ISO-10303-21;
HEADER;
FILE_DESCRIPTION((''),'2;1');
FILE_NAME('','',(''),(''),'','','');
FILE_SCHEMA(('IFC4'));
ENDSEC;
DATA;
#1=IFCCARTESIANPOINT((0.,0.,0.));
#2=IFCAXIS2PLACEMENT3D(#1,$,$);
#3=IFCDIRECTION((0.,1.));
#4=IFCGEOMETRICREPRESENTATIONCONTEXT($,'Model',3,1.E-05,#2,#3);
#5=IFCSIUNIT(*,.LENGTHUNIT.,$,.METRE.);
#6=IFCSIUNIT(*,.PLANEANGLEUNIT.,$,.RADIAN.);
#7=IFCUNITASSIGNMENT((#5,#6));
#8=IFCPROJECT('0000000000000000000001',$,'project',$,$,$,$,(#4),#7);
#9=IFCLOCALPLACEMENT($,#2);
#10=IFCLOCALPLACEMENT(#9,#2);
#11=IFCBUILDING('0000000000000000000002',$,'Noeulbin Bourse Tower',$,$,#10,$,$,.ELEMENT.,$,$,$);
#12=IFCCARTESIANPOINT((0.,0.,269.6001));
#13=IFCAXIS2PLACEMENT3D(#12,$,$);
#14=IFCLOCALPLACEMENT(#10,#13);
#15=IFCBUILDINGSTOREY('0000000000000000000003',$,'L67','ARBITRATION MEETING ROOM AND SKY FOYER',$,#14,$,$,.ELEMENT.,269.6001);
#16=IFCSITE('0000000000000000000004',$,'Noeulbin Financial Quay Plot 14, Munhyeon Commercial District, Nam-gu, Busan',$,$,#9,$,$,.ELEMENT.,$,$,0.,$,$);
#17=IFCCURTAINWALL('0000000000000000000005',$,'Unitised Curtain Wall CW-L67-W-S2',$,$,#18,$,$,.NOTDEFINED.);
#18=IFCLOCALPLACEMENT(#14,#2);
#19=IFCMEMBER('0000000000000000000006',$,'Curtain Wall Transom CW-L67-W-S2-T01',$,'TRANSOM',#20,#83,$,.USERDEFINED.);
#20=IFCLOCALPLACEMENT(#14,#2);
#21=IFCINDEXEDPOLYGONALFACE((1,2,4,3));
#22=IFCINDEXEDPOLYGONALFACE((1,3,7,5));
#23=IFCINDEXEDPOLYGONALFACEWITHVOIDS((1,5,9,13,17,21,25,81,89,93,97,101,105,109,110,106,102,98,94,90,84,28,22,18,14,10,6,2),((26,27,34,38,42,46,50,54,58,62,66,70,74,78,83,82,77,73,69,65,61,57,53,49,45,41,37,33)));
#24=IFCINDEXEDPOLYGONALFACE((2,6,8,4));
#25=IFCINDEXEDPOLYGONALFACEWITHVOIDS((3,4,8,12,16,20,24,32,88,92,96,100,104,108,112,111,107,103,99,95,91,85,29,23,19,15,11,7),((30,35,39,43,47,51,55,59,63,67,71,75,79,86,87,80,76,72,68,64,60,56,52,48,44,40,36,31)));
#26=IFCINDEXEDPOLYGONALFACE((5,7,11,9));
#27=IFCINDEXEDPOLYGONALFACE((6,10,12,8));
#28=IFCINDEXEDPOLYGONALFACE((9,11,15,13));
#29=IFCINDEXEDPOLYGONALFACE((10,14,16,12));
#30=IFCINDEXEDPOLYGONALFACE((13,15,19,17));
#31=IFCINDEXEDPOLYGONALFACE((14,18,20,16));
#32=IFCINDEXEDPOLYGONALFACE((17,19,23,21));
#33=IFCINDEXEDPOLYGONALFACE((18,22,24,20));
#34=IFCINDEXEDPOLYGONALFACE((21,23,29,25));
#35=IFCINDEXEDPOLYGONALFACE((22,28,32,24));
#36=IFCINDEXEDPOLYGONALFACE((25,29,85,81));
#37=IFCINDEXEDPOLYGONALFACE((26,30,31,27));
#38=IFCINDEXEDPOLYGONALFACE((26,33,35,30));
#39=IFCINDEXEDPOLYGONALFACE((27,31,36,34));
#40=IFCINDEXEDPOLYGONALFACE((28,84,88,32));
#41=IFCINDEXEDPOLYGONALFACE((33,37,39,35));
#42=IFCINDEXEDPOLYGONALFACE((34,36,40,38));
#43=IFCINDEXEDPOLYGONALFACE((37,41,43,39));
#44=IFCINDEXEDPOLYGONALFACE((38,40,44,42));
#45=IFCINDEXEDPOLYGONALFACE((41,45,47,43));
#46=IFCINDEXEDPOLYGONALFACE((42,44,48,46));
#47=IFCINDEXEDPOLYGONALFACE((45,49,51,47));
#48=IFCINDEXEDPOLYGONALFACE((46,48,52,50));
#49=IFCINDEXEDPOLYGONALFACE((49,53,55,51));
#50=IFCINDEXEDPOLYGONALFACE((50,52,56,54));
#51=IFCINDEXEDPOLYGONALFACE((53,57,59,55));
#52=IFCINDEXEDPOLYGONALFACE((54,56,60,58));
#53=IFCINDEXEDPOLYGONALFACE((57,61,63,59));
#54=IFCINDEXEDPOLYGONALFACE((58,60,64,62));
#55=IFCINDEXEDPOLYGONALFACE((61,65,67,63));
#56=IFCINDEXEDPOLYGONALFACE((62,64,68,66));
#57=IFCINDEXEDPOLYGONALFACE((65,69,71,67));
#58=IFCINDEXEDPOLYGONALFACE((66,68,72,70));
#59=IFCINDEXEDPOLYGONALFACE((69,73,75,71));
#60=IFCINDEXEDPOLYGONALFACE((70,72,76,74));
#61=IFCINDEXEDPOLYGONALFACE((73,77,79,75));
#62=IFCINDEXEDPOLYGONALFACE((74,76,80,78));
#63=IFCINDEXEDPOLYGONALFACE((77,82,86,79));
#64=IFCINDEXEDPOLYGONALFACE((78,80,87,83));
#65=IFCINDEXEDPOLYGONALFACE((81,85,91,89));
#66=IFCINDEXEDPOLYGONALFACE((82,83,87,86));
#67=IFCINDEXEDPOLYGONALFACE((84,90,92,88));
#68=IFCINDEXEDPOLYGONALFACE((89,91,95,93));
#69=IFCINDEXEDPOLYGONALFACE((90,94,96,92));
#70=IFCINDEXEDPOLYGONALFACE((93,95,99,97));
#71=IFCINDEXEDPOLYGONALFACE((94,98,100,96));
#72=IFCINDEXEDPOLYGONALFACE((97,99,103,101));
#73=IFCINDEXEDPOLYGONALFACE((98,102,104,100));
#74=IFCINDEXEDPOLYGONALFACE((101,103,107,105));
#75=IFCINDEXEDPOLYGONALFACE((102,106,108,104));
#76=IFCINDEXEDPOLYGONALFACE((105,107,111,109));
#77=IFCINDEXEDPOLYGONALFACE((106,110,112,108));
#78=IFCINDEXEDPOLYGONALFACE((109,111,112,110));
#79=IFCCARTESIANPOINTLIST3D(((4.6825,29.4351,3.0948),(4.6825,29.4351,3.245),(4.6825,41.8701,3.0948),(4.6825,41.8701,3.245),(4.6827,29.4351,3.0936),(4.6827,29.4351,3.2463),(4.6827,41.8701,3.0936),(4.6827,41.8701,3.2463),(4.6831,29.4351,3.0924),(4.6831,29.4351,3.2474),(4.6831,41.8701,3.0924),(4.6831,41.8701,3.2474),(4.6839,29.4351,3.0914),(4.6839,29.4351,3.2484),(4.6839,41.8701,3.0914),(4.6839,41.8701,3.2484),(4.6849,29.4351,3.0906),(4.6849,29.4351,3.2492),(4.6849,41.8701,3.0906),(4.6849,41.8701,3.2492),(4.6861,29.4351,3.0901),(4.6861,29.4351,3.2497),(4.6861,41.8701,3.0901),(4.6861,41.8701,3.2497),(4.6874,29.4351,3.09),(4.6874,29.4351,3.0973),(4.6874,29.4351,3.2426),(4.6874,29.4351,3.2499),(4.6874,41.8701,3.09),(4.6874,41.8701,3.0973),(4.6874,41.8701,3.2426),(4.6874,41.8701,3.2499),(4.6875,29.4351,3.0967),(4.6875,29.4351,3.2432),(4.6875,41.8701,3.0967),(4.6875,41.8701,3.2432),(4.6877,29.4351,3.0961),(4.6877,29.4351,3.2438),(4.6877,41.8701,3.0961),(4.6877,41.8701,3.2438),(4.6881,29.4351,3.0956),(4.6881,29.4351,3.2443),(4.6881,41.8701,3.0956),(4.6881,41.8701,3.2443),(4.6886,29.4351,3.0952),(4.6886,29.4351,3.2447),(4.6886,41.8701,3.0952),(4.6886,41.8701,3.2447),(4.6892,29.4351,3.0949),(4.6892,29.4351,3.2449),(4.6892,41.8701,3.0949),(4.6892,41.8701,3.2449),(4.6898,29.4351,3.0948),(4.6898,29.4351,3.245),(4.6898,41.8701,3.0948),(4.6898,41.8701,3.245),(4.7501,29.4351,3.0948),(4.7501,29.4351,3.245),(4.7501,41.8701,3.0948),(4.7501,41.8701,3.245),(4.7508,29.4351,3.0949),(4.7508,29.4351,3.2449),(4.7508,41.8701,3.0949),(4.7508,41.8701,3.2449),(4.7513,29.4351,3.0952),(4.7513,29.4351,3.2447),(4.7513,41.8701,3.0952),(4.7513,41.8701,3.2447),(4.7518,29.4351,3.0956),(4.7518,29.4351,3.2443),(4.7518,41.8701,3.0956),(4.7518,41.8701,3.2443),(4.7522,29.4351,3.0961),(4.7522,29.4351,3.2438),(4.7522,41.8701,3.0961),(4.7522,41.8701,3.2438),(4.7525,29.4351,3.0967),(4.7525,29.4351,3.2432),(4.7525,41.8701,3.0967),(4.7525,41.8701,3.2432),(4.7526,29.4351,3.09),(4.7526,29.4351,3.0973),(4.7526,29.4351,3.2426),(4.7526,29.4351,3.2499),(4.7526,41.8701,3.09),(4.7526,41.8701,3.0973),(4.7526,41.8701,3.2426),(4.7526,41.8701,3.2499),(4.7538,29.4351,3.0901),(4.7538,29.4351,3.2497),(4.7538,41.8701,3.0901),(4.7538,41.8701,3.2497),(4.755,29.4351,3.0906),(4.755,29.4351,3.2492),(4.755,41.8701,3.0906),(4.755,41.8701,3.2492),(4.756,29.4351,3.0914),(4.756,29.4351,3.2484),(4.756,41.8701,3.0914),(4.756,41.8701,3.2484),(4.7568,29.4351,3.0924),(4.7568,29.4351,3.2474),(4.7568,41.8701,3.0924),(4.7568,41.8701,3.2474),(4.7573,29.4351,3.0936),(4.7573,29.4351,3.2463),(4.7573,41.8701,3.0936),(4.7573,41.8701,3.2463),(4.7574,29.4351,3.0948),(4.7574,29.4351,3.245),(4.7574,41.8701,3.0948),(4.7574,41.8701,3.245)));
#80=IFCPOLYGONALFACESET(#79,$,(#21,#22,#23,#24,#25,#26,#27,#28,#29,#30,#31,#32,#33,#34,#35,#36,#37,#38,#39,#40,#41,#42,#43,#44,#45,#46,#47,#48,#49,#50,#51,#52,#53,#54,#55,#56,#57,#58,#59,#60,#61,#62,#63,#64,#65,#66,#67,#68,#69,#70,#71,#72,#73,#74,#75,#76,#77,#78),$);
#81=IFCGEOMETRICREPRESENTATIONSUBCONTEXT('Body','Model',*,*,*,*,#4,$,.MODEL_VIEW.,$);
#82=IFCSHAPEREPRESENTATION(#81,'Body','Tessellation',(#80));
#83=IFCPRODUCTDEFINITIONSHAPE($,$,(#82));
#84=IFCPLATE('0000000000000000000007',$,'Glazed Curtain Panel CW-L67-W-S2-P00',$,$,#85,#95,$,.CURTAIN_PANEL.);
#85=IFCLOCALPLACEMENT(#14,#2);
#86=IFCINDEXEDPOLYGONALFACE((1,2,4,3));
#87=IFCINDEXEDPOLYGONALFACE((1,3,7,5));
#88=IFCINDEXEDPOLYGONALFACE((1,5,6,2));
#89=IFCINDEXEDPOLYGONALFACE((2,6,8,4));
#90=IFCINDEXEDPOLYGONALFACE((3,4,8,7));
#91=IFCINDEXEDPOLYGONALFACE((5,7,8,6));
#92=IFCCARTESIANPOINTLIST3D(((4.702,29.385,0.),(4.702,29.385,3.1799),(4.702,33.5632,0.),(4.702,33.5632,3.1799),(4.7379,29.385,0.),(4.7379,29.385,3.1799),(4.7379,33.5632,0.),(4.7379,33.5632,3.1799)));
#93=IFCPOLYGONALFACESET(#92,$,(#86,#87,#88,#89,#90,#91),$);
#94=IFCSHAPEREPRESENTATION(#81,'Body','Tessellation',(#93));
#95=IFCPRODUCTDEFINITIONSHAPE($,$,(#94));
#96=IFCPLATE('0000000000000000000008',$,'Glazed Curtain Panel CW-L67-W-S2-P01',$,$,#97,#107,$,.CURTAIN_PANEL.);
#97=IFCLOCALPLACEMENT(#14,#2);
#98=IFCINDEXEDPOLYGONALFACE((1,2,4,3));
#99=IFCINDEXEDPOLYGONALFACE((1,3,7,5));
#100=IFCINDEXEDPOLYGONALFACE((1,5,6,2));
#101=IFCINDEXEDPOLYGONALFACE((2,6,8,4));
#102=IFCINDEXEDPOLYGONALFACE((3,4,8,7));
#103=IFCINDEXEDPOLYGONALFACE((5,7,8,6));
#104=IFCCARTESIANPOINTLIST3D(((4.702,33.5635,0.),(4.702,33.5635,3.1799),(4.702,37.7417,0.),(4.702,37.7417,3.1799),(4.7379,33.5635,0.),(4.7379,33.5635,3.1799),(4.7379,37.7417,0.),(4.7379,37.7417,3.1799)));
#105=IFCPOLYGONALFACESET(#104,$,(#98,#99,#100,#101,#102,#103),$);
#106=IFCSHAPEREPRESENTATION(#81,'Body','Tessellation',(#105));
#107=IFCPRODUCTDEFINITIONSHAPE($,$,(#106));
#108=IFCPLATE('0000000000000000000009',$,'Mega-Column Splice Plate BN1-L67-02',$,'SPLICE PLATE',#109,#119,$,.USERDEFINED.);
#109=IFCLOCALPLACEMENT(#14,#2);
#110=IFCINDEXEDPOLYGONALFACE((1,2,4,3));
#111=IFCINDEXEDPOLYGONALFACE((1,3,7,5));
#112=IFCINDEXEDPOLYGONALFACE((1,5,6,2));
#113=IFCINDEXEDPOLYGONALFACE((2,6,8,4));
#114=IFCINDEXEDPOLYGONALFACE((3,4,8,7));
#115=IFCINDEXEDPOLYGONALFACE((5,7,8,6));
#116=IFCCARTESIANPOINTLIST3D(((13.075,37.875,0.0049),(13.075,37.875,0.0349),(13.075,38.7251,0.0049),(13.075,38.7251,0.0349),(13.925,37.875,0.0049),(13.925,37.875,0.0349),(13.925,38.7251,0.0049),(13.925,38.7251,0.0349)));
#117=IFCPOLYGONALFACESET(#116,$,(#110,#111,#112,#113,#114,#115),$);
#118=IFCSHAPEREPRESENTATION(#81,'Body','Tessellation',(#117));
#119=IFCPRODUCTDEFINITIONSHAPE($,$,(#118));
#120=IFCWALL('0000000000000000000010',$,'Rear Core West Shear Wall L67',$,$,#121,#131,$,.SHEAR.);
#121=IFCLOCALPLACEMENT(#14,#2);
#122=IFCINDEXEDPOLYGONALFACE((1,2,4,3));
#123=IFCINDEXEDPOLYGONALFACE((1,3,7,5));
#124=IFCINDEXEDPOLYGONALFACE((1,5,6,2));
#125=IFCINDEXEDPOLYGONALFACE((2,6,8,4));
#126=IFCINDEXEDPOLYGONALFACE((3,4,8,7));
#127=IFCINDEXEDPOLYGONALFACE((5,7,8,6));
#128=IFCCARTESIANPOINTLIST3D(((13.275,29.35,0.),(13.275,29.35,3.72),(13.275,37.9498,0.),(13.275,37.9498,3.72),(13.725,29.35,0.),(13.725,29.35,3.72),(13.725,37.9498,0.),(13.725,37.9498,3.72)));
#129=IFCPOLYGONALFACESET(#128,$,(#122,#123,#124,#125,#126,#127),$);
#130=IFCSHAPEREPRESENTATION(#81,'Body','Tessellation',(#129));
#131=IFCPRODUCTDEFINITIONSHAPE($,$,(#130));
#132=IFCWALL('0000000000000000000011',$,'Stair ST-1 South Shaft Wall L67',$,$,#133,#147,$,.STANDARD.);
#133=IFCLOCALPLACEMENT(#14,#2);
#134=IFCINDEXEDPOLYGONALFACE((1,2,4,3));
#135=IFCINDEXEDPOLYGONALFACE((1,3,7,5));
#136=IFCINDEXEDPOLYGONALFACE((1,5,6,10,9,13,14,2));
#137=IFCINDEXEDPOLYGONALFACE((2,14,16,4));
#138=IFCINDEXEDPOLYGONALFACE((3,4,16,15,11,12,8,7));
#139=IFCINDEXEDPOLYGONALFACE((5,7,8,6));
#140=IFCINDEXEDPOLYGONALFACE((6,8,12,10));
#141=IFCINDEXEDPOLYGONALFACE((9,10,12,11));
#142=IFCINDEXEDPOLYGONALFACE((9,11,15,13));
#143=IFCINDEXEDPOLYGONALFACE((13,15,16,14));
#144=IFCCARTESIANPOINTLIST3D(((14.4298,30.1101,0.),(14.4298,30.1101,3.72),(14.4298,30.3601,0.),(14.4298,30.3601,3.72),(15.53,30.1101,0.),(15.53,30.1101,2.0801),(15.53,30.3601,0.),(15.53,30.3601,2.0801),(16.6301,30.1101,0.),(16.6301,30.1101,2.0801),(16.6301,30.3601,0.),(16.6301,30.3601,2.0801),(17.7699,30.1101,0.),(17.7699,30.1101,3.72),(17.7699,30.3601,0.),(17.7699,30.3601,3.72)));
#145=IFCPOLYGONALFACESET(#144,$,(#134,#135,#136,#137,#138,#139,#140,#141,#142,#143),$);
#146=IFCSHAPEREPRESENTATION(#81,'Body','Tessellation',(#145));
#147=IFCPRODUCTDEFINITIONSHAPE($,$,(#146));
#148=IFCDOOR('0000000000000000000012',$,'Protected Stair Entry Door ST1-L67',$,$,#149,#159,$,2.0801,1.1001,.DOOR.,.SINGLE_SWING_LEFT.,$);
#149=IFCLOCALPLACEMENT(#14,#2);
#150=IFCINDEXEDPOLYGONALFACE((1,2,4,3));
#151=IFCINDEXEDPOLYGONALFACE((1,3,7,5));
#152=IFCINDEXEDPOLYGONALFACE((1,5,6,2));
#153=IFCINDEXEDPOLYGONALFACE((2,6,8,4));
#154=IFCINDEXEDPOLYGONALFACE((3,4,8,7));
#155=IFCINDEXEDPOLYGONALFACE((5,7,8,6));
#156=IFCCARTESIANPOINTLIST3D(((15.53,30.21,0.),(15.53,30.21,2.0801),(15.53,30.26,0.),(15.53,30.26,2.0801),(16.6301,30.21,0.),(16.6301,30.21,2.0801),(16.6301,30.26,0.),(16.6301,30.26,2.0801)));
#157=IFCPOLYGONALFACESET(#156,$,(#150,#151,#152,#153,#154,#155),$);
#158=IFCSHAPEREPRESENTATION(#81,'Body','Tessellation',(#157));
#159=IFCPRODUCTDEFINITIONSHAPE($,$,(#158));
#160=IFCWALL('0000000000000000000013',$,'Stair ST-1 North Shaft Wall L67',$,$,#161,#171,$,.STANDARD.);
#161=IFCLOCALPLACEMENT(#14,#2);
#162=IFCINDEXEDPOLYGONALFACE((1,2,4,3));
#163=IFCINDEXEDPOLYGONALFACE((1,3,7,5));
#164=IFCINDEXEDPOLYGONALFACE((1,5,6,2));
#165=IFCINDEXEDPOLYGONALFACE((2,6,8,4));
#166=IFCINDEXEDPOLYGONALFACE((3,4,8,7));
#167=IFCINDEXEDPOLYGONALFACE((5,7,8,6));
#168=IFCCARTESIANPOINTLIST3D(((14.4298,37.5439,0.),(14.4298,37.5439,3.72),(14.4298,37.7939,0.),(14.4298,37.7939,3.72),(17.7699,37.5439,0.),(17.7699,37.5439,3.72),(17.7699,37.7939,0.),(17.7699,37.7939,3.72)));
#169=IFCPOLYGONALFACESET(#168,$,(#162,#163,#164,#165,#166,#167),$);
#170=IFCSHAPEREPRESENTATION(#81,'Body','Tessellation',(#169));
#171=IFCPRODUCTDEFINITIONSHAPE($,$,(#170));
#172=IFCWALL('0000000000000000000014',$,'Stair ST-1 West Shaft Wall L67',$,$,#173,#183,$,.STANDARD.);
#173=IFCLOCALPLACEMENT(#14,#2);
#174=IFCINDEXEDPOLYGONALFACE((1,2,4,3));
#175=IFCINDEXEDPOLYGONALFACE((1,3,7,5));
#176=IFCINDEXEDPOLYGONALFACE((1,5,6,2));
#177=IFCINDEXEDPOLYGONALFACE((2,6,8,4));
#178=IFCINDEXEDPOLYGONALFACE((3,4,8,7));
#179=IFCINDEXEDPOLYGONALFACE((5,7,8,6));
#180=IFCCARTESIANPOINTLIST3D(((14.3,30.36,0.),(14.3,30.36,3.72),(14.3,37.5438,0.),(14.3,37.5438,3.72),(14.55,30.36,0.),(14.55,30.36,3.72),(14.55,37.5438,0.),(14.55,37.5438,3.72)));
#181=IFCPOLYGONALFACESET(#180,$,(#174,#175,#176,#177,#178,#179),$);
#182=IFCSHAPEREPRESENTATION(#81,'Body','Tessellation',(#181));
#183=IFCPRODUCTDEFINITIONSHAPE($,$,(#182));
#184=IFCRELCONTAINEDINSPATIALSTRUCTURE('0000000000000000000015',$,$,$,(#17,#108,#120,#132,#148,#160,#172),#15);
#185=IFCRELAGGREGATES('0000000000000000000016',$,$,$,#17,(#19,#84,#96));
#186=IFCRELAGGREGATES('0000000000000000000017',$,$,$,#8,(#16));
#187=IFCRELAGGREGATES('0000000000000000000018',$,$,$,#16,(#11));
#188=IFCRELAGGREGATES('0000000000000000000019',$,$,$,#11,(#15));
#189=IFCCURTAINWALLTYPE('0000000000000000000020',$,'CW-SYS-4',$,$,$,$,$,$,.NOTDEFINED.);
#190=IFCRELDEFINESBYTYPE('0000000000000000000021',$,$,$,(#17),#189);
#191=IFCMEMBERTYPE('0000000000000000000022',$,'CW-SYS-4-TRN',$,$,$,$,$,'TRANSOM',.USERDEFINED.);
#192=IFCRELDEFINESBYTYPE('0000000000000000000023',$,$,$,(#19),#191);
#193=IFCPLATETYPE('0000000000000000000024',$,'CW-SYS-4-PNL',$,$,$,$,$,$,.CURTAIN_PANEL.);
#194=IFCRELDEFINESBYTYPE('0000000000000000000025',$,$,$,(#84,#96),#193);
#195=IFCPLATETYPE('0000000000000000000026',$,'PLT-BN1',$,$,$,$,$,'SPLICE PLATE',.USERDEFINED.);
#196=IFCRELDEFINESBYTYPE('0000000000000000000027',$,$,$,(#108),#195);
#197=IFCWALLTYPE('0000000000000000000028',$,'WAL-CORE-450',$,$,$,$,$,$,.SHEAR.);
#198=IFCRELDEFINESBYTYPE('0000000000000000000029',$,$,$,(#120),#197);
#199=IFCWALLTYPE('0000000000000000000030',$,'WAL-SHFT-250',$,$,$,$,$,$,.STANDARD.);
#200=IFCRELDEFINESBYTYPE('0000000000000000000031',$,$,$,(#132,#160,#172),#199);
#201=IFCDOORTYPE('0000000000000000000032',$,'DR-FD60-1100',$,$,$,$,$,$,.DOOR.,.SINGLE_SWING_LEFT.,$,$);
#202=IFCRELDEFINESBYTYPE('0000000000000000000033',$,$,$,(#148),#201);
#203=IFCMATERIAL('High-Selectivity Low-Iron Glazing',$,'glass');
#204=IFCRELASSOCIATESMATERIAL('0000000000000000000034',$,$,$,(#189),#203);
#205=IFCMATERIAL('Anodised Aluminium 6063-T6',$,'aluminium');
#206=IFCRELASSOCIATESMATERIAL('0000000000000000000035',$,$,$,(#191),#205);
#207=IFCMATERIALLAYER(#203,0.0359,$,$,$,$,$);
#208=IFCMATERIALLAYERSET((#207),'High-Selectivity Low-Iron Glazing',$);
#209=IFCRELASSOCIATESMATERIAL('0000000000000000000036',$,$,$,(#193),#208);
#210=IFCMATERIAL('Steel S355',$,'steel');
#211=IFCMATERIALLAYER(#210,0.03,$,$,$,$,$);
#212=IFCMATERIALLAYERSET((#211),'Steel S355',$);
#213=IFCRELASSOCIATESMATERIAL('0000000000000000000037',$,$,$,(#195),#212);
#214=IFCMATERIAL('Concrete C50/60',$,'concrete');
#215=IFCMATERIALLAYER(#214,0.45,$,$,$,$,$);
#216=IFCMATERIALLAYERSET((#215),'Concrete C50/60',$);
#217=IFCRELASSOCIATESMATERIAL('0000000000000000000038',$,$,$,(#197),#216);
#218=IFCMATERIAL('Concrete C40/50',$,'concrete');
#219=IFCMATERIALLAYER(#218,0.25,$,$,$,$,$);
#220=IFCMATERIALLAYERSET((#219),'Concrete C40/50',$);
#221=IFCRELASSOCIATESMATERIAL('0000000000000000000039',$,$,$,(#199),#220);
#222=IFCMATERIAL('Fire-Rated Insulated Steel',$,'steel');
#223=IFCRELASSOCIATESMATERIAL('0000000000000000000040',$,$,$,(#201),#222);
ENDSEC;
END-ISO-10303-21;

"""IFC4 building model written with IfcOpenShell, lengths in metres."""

from ifc_helpers import new_model, si_unit, direction, frame, frame_2d, origin, origin_2d, place, context, subcontext, project, spatial, rectangle, hollow_rectangle, extrude, material, layer, layer_set, material_profile, profile_set, type_object, element, fill, aggregate, save


model = new_model("IFC4")

# Units and contexts
model_context = context("Model", 3, precision=1e-05, world=origin(), true_north=direction((0.0, 1.0)))
body_context = subcontext(model_context, "Body", "Model", "MODEL_VIEW")
ifc_project = project(units=[si_unit("LENGTHUNIT", "METRE"), si_unit("PLANEANGLEUNIT", "RADIAN")], contexts=[model_context])

# Site, building, storey
site_placement = place(None, origin())
site = spatial("IfcSite", under=ifc_project, at=site_placement, Name="Noeulbin Financial Quay Plot 14, Munhyeon Commercial District, Nam-gu, Busan", CompositionType="ELEMENT", RefElevation=0.0)
building_placement = place(site_placement, origin())
building = spatial("IfcBuilding", under=site, at=building_placement, Name="Noeulbin Bourse Tower", CompositionType="ELEMENT")
storey_placement = place(building_placement, frame((0.0, 0.0, 269.6001)))
storey = spatial("IfcBuildingStorey", under=building, at=storey_placement, Name="L67", Description="ARBITRATION MEETING ROOM AND SKY FOYER", CompositionType="ELEMENT", Elevation=269.6001)

# Shared definitions
ifc_material_1 = material(Name="Steel S355", Category="steel")

# Curtain wall, member, plates
ifc_material_2 = material(Name="High-Selectivity Low-Iron Glazing", Category="glass")
curtain_wall_type = type_object("IfcCurtainWallType", Name="CW-SYS-4", PredefinedType="NOTDEFINED", material=ifc_material_2)
curtain_wall_placement = place(storey_placement, origin())
curtain_wall = element("IfcCurtainWall", 1, at=curtain_wall_placement, inside=storey, type_object=curtain_wall_type, Name="Unitised Curtain Wall CW-L67-W-S2", PredefinedType="NOTDEFINED")
ifc_material_3 = material(Name="Anodised Aluminium 6063-T6", Category="aluminium")
ifc_material_profile_1 = material_profile(ifc_material_3, hollow_rectangle(XDim=0.075, YDim=0.1599, WallThickness=0.0049, InnerFilletRadius=0.0024, OuterFilletRadius=0.0049, at=origin_2d()), Name="ALU-TRAN-75x160x5", Category="LoadBearing")
ifc_profile_set_1 = profile_set([ifc_material_profile_1], Name="Anodised Aluminium 6063-T6")
member_type_1 = type_object("IfcMemberType", Name="CW-SYS-4-TRN", ElementType="TRANSOM", PredefinedType="USERDEFINED", material=ifc_profile_set_1)
member_1_placement = place(storey_placement, frame((4.72, 29.4351, 3.1699), z_axis=(0.0, 1.0, 0.0), x_axis=(-1.0, 0.0, 0.0)))
member_1 = element("IfcMember", 2, at=member_1_placement, type_object=member_type_1, Name="Curtain Wall Transom CW-L67-W-S2-T01", ObjectType="TRANSOM", PredefinedType="USERDEFINED", context=body_context, shape_type="SweptSolid", body=[
    extrude(hollow_rectangle(XDim=0.075, YDim=0.1599, WallThickness=0.0049, InnerFilletRadius=0.0024, OuterFilletRadius=0.0049, at=origin_2d()), origin(), (0.0, 0.0, 1.0), 12.4351),
])
ifc_layer_1 = layer(ifc_material_2, 0.0359)
ifc_layer_set_1 = layer_set([ifc_layer_1], Name="High-Selectivity Low-Iron Glazing")
plate_type_1 = type_object("IfcPlateType", Name="CW-SYS-4-PNL", PredefinedType="CURTAIN_PANEL", material=ifc_layer_set_1)
plate_1_placement = place(storey_placement, frame((4.72, 31.4741, 0.0), z_axis=(0.0, 0.0, 1.0), x_axis=(0.0, 1.0, 0.0)))
plate_1 = element("IfcPlate", 3, at=plate_1_placement, type_object=plate_type_1, Name="Glazed Curtain Panel CW-L67-W-S2-P00", PredefinedType="CURTAIN_PANEL", context=body_context, shape_type="SweptSolid", body=[
    extrude(rectangle(XDim=4.1782, YDim=0.0359, at=origin_2d()), origin(), (0.0, 0.0, 1.0), 3.1799),
])
plate_2_placement = place(storey_placement, frame((4.72, 35.6526, 0.0), z_axis=(0.0, 0.0, 1.0), x_axis=(0.0, 1.0, 0.0)))
plate_2 = element("IfcPlate", 4, at=plate_2_placement, type_object=plate_type_1, Name="Glazed Curtain Panel CW-L67-W-S2-P01", PredefinedType="CURTAIN_PANEL", context=body_context, shape_type="SweptSolid", body=[
    extrude(rectangle(XDim=4.1782, YDim=0.0359, at=origin_2d()), origin(), (0.0, 0.0, 1.0), 3.1799),
])
aggregate(curtain_wall, [member_1, plate_1, plate_2])

# Plate
ifc_layer_2 = layer(ifc_material_1, 0.03)
ifc_layer_set_2 = layer_set([ifc_layer_2], Name="Steel S355")
plate_type_2 = type_object("IfcPlateType", Name="PLT-BN1", ElementType="SPLICE PLATE", PredefinedType="USERDEFINED", material=ifc_layer_set_2)
plate_3_placement = place(storey_placement, frame((13.5, 38.3, 0.0049), z_axis=(0.0, 0.0, 1.0), x_axis=(1.0, 0.0, 0.0)))
element("IfcPlate", 5, at=plate_3_placement, inside=storey, type_object=plate_type_2, Name="Mega-Column Splice Plate BN1-L67-02", ObjectType="SPLICE PLATE", PredefinedType="USERDEFINED", context=body_context, shape_type="SweptSolid", body=[
    extrude(rectangle(XDim=0.8501, YDim=0.8501, at=origin_2d()), origin(), (0.0, 0.0, 1.0), 0.03),
])

# Wall
ifc_material_4 = material(Name="Concrete C50/60", Category="concrete")
ifc_layer_3 = layer(ifc_material_4, 0.45)
ifc_layer_set_3 = layer_set([ifc_layer_3], Name="Concrete C50/60")
wall_type_1 = type_object("IfcWallType", Name="WAL-CORE-450", PredefinedType="SHEAR", material=ifc_layer_set_3)
wall_1_placement = place(storey_placement, frame((13.5, 29.3501, 0.0), z_axis=(0.0, 0.0, 1.0), x_axis=(0.0, 1.0, 0.0)))
element("IfcWall", 6, at=wall_1_placement, inside=storey, type_object=wall_type_1, Name="Rear Core West Shear Wall L67", PredefinedType="SHEAR", context=body_context, shape_type="SweptSolid", body=[
    extrude(rectangle(XDim=8.5999, YDim=0.45, at=frame_2d((4.2998, 0.0))), origin(), (0.0, 0.0, 1.0), 3.72),
])

# Wall, opening, door
ifc_material_5 = material(Name="Concrete C40/50", Category="concrete")
ifc_layer_4 = layer(ifc_material_5, 0.25)
ifc_layer_set_4 = layer_set([ifc_layer_4], Name="Concrete C40/50")
wall_type_2 = type_object("IfcWallType", Name="WAL-SHFT-250", PredefinedType="STANDARD", material=ifc_layer_set_4)
wall_2_placement = place(storey_placement, frame((14.4299, 30.2351, 0.0), z_axis=(0.0, 0.0, 1.0), x_axis=(1.0, 0.0, 0.0)))
wall_2 = element("IfcWall", 7, at=wall_2_placement, inside=storey, type_object=wall_type_2, Name="Stair ST-1 South Shaft Wall L67", PredefinedType="STANDARD", context=body_context, shape_type="SweptSolid", body=[
    extrude(rectangle(XDim=3.3401, YDim=0.25, at=frame_2d((1.6699, 0.0))), origin(), (0.0, 0.0, 1.0), 3.72),
])
opening_placement = place(wall_2_placement, frame((1.1001, 0.0, 0.0)))
opening = element("IfcOpeningElement", 8, at=opening_placement, cuts=wall_2, PredefinedType="OPENING", context=body_context, shape_type="SweptSolid", body=[
    extrude(rectangle(XDim=1.1001, YDim=2.0801, at=frame_2d((0.55, 1.04))), frame((0.0, 0.135, 0.0), z_axis=(0.0, -1.0, 0.0), x_axis=(1.0, 0.0, 0.0)), (0.0, 0.0, 1.0), 0.27),
])
ifc_material_6 = material(Name="Fire-Rated Insulated Steel", Category="steel")
door_type = type_object("IfcDoorType", Name="DR-FD60-1100", OperationType="SINGLE_SWING_LEFT", PredefinedType="DOOR", material=ifc_material_6)
door_placement = place(opening_placement, origin())
door = element("IfcDoor", 9, at=door_placement, inside=storey, type_object=door_type, Name="Protected Stair Entry Door ST1-L67", OperationType="SINGLE_SWING_LEFT", OverallHeight=2.0801, OverallWidth=1.1001, PredefinedType="DOOR", context=body_context, shape_type="SweptSolid", body=[
    extrude(rectangle(XDim=1.1001, YDim=2.0801, at=frame_2d((0.55, 1.04))), frame((0.0, 0.0249, 0.0), z_axis=(0.0, -1.0, 0.0), x_axis=(1.0, 0.0, 0.0)), (0.0, 0.0, 1.0), 0.05),
])
fill(opening, door)

# Walls
wall_3_placement = place(storey_placement, frame((14.4299, 37.6689, 0.0), z_axis=(0.0, 0.0, 1.0), x_axis=(1.0, 0.0, 0.0)))
element("IfcWall", 10, at=wall_3_placement, inside=storey, type_object=wall_type_2, Name="Stair ST-1 North Shaft Wall L67", PredefinedType="STANDARD", context=body_context, shape_type="SweptSolid", body=[
    extrude(rectangle(XDim=3.3401, YDim=0.25, at=frame_2d((1.6699, 0.0))), origin(), (0.0, 0.0, 1.0), 3.72),
])
wall_4_placement = place(storey_placement, frame((14.425, 30.3601, 0.0), z_axis=(0.0, 0.0, 1.0), x_axis=(0.0, 1.0, 0.0)))
element("IfcWall", 11, at=wall_4_placement, inside=storey, type_object=wall_type_2, Name="Stair ST-1 West Shaft Wall L67", PredefinedType="STANDARD", context=body_context, shape_type="SweptSolid", body=[
    extrude(rectangle(XDim=7.1838, YDim=0.25, at=frame_2d((3.5918, 0.0))), origin(), (0.0, 0.0, 1.0), 3.72),
])

save(model, "model.ifc")
